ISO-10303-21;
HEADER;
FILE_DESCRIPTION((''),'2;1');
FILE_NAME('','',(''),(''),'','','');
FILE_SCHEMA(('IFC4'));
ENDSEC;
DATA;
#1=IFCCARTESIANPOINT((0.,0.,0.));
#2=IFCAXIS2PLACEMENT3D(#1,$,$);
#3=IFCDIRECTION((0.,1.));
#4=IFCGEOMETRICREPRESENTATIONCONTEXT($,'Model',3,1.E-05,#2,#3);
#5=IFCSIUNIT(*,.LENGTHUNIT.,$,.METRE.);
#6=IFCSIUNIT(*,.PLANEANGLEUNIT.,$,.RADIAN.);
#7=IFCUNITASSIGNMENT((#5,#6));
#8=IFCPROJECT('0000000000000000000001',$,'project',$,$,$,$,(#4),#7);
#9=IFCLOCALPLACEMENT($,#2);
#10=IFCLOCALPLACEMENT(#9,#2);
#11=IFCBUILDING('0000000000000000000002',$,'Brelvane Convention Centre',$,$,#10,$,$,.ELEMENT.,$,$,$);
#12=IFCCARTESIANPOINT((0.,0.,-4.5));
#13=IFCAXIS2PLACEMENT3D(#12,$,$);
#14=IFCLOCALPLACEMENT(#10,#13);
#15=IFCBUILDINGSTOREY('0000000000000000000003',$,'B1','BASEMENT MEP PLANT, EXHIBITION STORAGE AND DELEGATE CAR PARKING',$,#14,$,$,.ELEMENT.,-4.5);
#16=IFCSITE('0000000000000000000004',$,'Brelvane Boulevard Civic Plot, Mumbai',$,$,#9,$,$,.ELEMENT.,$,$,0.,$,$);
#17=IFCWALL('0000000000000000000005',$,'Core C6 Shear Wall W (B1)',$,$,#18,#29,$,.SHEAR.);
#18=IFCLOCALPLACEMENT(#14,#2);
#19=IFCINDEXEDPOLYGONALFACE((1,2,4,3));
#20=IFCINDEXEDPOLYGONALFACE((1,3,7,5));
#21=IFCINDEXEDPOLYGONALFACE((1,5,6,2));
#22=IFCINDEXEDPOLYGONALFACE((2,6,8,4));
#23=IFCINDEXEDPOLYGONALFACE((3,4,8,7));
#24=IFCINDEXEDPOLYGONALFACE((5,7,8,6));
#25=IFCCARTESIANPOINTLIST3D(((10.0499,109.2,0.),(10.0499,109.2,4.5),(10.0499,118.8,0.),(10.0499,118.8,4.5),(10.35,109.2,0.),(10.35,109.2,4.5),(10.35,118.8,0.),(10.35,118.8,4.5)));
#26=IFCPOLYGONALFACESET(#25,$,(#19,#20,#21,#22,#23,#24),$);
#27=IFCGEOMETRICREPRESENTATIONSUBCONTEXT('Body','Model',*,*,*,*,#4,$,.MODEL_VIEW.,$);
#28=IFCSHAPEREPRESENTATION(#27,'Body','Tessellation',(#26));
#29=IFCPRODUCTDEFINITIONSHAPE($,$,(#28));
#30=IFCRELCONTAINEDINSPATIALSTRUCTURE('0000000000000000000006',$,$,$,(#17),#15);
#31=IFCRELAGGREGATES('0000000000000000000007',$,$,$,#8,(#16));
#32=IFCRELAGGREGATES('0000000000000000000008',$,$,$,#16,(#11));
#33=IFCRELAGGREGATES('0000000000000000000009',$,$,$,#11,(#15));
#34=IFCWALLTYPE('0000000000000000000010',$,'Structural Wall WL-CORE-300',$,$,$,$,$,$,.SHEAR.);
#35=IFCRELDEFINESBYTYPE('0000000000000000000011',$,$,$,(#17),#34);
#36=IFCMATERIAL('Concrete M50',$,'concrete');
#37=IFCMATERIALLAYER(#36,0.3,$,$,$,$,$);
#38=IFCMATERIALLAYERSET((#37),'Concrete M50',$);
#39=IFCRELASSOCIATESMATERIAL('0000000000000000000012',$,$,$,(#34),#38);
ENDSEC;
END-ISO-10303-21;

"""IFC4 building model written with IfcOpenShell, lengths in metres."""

from ifc_helpers import new_model, si_unit, direction, frame, frame_2d, origin, place, context, subcontext, project, spatial, rectangle, extrude, material, layer, layer_set, type_object, element, save


model = new_model("IFC4")

# Units and contexts
model_context = context("Model", 3, precision=1e-05, world=origin(), true_north=direction((0.0, 1.0)))
body_context = subcontext(model_context, "Body", "Model", "MODEL_VIEW")
ifc_project = project(units=[si_unit("LENGTHUNIT", "METRE"), si_unit("PLANEANGLEUNIT", "RADIAN")], contexts=[model_context])

# Site, building, storey
site_placement = place(None, origin())
site = spatial("IfcSite", under=ifc_project, at=site_placement, Name="Brelvane Boulevard Civic Plot, Mumbai", CompositionType="ELEMENT", RefElevation=0.0)
building_placement = place(site_placement, origin())
building = spatial("IfcBuilding", under=site, at=building_placement, Name="Brelvane Convention Centre", CompositionType="ELEMENT")
storey_placement = place(building_placement, frame((0.0, 0.0, -4.5)))
storey = spatial("IfcBuildingStorey", under=building, at=storey_placement, Name="B1", Description="BASEMENT MEP PLANT, EXHIBITION STORAGE AND DELEGATE CAR PARKING", CompositionType="ELEMENT", Elevation=-4.5)

# Wall
ifc_material_1 = material(Name="Concrete M50", Category="concrete")
ifc_layer = layer(ifc_material_1, 0.3)
ifc_layer_set = layer_set([ifc_layer], Name="Concrete M50")
wall_type = type_object("IfcWallType", Name="Structural Wall WL-CORE-300", PredefinedType="SHEAR", material=ifc_layer_set)
wall_1_placement = place(storey_placement, frame((10.2, 109.2, 0.0), z_axis=(0.0, 0.0, 1.0), x_axis=(0.0, 1.0, 0.0)))
element("IfcWall", 1, at=wall_1_placement, inside=storey, type_object=wall_type, Name="Core C6 Shear Wall W (B1)", PredefinedType="SHEAR", context=body_context, shape_type="SweptSolid", body=[
    extrude(rectangle(XDim=9.6001, YDim=0.3, at=frame_2d((4.8, 0.0))), origin(), (0.0, 0.0, 1.0), 4.5),
])

save(model, "model.ifc")
